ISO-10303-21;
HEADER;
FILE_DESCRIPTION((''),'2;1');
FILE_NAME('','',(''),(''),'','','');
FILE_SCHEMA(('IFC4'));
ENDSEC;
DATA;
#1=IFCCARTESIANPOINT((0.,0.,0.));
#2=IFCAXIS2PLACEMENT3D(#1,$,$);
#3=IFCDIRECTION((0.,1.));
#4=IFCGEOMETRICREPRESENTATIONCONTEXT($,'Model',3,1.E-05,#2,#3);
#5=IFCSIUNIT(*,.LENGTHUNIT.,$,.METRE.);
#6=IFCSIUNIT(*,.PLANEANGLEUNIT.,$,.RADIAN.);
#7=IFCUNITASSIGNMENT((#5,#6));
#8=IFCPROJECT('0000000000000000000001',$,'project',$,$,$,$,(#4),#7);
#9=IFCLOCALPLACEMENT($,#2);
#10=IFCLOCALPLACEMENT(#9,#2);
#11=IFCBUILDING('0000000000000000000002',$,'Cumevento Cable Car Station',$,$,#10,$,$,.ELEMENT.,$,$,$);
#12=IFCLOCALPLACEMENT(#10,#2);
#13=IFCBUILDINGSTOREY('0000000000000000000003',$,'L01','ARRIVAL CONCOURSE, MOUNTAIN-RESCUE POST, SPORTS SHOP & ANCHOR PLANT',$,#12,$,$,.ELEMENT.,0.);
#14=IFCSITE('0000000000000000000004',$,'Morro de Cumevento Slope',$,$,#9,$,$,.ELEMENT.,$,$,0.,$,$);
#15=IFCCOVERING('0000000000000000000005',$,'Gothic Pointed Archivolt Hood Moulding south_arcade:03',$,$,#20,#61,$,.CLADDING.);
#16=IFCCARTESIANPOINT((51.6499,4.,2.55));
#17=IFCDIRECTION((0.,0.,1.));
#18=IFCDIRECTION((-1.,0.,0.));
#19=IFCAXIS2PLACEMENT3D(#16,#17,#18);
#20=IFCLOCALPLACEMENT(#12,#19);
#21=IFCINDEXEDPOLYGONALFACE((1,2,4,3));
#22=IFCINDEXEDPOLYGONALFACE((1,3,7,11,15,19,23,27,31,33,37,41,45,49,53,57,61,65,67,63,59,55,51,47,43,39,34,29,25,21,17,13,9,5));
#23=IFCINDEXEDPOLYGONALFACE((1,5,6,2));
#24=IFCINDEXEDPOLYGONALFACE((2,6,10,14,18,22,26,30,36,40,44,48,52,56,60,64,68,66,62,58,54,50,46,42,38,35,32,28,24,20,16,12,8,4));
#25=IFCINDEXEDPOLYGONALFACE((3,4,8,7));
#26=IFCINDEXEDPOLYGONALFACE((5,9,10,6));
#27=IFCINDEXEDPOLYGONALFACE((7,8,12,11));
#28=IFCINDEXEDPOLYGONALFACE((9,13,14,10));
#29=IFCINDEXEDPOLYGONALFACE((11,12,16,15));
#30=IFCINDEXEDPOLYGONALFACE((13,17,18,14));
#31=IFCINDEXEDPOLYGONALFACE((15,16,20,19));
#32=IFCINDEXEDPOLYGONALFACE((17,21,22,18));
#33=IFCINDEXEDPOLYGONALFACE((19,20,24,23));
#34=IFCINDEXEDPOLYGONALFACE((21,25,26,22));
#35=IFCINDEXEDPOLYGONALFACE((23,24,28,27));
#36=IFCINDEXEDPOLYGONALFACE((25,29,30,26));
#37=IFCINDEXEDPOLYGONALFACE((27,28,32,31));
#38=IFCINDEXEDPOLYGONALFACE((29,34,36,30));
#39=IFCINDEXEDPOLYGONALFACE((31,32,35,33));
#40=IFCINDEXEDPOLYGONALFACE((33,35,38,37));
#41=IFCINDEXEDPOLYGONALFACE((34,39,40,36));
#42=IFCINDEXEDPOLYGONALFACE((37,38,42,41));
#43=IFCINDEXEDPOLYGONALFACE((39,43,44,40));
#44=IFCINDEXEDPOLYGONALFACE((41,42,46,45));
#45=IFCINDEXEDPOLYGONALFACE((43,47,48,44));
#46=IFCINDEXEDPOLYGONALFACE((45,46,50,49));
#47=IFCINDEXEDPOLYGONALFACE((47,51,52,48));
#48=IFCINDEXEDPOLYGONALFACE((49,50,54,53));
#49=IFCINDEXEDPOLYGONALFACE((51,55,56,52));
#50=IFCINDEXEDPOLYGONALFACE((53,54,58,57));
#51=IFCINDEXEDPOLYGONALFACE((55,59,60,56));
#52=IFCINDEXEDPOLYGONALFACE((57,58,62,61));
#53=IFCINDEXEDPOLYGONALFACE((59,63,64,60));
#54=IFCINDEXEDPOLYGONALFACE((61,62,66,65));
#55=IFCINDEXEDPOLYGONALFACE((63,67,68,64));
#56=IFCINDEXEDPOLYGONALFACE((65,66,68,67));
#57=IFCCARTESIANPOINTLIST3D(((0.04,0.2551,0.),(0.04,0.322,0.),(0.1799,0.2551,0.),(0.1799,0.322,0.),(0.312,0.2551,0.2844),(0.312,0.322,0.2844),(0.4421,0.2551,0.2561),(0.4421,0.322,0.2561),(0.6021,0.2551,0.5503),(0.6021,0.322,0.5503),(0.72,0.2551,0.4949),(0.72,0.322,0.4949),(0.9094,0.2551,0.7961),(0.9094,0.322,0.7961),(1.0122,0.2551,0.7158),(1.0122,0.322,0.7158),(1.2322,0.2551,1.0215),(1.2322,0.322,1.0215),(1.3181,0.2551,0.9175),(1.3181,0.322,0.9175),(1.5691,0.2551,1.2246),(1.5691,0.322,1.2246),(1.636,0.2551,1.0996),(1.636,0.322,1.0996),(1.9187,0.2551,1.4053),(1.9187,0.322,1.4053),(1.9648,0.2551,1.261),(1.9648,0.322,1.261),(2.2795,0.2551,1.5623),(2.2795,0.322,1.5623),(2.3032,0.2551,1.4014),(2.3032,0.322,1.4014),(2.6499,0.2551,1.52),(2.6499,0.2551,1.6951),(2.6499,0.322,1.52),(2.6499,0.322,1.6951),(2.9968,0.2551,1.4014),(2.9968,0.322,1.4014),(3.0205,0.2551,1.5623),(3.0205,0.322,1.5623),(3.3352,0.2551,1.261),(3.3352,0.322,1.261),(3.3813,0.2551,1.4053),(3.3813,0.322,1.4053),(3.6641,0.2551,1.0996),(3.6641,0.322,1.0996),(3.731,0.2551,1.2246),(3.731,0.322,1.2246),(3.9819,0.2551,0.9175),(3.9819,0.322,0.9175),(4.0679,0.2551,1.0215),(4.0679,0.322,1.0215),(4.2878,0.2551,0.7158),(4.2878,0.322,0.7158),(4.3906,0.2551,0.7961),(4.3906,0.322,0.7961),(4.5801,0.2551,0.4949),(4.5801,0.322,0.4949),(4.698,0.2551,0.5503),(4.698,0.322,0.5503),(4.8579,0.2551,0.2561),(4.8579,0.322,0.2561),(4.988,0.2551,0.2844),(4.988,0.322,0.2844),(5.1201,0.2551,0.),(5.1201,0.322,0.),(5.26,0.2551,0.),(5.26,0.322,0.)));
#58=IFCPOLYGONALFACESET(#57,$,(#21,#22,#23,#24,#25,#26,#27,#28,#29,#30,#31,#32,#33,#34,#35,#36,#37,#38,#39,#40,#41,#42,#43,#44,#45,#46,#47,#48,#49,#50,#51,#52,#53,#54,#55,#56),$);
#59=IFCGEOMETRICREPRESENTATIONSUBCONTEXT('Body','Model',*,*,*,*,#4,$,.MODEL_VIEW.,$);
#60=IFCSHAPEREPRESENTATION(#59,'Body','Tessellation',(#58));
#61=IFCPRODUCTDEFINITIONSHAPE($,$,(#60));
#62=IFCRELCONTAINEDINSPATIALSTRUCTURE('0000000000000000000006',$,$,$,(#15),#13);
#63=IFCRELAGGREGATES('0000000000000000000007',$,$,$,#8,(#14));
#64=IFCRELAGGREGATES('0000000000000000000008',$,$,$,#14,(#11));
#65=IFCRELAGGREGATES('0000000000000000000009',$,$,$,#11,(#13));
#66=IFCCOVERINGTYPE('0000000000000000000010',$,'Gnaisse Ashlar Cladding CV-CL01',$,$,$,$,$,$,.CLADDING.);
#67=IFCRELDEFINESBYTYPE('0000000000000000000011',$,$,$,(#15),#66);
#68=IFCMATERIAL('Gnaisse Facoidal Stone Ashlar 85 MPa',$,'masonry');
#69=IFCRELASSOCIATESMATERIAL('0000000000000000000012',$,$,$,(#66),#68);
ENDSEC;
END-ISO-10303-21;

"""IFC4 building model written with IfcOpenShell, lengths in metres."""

from ifc_helpers import new_model, si_unit, direction, frame, origin, place, context, subcontext, project, spatial, polyline, outline, extrude, material, type_object, element, save


model = new_model("IFC4")

# Units and contexts
model_context = context("Model", 3, precision=1e-05, world=origin(), true_north=direction((0.0, 1.0)))
body_context = subcontext(model_context, "Body", "Model", "MODEL_VIEW")
ifc_project = project(units=[si_unit("LENGTHUNIT", "METRE"), si_unit("PLANEANGLEUNIT", "RADIAN")], contexts=[model_context])

# Site, building, storey
site_placement = place(None, origin())
site = spatial("IfcSite", under=ifc_project, at=site_placement, Name="Morro de Cumevento Slope", CompositionType="ELEMENT", RefElevation=0.0)
building_placement = place(site_placement, origin())
building = spatial("IfcBuilding", under=site, at=building_placement, Name="Cumevento Cable Car Station", CompositionType="ELEMENT")
storey_placement = place(building_placement, origin())
storey = spatial("IfcBuildingStorey", under=building, at=storey_placement, Name="L01", Description="ARRIVAL CONCOURSE, MOUNTAIN-RESCUE POST, SPORTS SHOP & ANCHOR PLANT", CompositionType="ELEMENT", Elevation=0.0)

# Covering
ifc_material_1 = material(Name="Gnaisse Facoidal Stone Ashlar 85 MPa", Category="masonry")
covering_type = type_object("IfcCoveringType", Name="Gnaisse Ashlar Cladding CV-CL01", PredefinedType="CLADDING", material=ifc_material_1)
covering_1_placement = place(storey_placement, frame((51.6499, 4.0, 2.55), z_axis=(0.0, 0.0, 1.0), x_axis=(-1.0, 0.0, 0.0)))
element("IfcCovering", 1, at=covering_1_placement, inside=storey, type_object=covering_type, Name="Gothic Pointed Archivolt Hood Moulding south_arcade:03", PredefinedType="CLADDING", context=body_context, shape_type="SweptSolid", body=[
    extrude(outline(polyline([(0.1799, 0.0), (0.4421, 0.2561), (0.72, 0.4949), (1.0122, 0.7158), (1.3181, 0.9175), (1.636, 1.0996), (1.9648, 1.261), (2.3032, 1.4014), (2.6499, 1.52), (2.9968, 1.4014), (3.3352, 1.261), (3.6641, 1.0996), (3.9819, 0.9175), (4.2878, 0.7158), (4.5801, 0.4949), (4.8579, 0.2561), (5.1201, 0.0), (5.26, 0.0), (4.988, 0.2844), (4.698, 0.5503), (4.3906, 0.7961), (4.0679, 1.0215), (3.731, 1.2246), (3.3813, 1.4053), (3.0205, 1.5623), (2.6499, 1.6951), (2.2795, 1.5623), (1.9187, 1.4053), (1.5691, 1.2246), (1.2322, 1.0215), (0.9094, 0.7961), (0.6021, 0.5503), (0.312, 0.2844), (0.04, 0.0), (0.1799, 0.0)])), frame((0.0, 0.322, 0.0), z_axis=(0.0, -1.0, 0.0), x_axis=(1.0, 0.0, 0.0)), (0.0, 0.0, 1.0), 0.0669),
])

save(model, "model.ifc")
